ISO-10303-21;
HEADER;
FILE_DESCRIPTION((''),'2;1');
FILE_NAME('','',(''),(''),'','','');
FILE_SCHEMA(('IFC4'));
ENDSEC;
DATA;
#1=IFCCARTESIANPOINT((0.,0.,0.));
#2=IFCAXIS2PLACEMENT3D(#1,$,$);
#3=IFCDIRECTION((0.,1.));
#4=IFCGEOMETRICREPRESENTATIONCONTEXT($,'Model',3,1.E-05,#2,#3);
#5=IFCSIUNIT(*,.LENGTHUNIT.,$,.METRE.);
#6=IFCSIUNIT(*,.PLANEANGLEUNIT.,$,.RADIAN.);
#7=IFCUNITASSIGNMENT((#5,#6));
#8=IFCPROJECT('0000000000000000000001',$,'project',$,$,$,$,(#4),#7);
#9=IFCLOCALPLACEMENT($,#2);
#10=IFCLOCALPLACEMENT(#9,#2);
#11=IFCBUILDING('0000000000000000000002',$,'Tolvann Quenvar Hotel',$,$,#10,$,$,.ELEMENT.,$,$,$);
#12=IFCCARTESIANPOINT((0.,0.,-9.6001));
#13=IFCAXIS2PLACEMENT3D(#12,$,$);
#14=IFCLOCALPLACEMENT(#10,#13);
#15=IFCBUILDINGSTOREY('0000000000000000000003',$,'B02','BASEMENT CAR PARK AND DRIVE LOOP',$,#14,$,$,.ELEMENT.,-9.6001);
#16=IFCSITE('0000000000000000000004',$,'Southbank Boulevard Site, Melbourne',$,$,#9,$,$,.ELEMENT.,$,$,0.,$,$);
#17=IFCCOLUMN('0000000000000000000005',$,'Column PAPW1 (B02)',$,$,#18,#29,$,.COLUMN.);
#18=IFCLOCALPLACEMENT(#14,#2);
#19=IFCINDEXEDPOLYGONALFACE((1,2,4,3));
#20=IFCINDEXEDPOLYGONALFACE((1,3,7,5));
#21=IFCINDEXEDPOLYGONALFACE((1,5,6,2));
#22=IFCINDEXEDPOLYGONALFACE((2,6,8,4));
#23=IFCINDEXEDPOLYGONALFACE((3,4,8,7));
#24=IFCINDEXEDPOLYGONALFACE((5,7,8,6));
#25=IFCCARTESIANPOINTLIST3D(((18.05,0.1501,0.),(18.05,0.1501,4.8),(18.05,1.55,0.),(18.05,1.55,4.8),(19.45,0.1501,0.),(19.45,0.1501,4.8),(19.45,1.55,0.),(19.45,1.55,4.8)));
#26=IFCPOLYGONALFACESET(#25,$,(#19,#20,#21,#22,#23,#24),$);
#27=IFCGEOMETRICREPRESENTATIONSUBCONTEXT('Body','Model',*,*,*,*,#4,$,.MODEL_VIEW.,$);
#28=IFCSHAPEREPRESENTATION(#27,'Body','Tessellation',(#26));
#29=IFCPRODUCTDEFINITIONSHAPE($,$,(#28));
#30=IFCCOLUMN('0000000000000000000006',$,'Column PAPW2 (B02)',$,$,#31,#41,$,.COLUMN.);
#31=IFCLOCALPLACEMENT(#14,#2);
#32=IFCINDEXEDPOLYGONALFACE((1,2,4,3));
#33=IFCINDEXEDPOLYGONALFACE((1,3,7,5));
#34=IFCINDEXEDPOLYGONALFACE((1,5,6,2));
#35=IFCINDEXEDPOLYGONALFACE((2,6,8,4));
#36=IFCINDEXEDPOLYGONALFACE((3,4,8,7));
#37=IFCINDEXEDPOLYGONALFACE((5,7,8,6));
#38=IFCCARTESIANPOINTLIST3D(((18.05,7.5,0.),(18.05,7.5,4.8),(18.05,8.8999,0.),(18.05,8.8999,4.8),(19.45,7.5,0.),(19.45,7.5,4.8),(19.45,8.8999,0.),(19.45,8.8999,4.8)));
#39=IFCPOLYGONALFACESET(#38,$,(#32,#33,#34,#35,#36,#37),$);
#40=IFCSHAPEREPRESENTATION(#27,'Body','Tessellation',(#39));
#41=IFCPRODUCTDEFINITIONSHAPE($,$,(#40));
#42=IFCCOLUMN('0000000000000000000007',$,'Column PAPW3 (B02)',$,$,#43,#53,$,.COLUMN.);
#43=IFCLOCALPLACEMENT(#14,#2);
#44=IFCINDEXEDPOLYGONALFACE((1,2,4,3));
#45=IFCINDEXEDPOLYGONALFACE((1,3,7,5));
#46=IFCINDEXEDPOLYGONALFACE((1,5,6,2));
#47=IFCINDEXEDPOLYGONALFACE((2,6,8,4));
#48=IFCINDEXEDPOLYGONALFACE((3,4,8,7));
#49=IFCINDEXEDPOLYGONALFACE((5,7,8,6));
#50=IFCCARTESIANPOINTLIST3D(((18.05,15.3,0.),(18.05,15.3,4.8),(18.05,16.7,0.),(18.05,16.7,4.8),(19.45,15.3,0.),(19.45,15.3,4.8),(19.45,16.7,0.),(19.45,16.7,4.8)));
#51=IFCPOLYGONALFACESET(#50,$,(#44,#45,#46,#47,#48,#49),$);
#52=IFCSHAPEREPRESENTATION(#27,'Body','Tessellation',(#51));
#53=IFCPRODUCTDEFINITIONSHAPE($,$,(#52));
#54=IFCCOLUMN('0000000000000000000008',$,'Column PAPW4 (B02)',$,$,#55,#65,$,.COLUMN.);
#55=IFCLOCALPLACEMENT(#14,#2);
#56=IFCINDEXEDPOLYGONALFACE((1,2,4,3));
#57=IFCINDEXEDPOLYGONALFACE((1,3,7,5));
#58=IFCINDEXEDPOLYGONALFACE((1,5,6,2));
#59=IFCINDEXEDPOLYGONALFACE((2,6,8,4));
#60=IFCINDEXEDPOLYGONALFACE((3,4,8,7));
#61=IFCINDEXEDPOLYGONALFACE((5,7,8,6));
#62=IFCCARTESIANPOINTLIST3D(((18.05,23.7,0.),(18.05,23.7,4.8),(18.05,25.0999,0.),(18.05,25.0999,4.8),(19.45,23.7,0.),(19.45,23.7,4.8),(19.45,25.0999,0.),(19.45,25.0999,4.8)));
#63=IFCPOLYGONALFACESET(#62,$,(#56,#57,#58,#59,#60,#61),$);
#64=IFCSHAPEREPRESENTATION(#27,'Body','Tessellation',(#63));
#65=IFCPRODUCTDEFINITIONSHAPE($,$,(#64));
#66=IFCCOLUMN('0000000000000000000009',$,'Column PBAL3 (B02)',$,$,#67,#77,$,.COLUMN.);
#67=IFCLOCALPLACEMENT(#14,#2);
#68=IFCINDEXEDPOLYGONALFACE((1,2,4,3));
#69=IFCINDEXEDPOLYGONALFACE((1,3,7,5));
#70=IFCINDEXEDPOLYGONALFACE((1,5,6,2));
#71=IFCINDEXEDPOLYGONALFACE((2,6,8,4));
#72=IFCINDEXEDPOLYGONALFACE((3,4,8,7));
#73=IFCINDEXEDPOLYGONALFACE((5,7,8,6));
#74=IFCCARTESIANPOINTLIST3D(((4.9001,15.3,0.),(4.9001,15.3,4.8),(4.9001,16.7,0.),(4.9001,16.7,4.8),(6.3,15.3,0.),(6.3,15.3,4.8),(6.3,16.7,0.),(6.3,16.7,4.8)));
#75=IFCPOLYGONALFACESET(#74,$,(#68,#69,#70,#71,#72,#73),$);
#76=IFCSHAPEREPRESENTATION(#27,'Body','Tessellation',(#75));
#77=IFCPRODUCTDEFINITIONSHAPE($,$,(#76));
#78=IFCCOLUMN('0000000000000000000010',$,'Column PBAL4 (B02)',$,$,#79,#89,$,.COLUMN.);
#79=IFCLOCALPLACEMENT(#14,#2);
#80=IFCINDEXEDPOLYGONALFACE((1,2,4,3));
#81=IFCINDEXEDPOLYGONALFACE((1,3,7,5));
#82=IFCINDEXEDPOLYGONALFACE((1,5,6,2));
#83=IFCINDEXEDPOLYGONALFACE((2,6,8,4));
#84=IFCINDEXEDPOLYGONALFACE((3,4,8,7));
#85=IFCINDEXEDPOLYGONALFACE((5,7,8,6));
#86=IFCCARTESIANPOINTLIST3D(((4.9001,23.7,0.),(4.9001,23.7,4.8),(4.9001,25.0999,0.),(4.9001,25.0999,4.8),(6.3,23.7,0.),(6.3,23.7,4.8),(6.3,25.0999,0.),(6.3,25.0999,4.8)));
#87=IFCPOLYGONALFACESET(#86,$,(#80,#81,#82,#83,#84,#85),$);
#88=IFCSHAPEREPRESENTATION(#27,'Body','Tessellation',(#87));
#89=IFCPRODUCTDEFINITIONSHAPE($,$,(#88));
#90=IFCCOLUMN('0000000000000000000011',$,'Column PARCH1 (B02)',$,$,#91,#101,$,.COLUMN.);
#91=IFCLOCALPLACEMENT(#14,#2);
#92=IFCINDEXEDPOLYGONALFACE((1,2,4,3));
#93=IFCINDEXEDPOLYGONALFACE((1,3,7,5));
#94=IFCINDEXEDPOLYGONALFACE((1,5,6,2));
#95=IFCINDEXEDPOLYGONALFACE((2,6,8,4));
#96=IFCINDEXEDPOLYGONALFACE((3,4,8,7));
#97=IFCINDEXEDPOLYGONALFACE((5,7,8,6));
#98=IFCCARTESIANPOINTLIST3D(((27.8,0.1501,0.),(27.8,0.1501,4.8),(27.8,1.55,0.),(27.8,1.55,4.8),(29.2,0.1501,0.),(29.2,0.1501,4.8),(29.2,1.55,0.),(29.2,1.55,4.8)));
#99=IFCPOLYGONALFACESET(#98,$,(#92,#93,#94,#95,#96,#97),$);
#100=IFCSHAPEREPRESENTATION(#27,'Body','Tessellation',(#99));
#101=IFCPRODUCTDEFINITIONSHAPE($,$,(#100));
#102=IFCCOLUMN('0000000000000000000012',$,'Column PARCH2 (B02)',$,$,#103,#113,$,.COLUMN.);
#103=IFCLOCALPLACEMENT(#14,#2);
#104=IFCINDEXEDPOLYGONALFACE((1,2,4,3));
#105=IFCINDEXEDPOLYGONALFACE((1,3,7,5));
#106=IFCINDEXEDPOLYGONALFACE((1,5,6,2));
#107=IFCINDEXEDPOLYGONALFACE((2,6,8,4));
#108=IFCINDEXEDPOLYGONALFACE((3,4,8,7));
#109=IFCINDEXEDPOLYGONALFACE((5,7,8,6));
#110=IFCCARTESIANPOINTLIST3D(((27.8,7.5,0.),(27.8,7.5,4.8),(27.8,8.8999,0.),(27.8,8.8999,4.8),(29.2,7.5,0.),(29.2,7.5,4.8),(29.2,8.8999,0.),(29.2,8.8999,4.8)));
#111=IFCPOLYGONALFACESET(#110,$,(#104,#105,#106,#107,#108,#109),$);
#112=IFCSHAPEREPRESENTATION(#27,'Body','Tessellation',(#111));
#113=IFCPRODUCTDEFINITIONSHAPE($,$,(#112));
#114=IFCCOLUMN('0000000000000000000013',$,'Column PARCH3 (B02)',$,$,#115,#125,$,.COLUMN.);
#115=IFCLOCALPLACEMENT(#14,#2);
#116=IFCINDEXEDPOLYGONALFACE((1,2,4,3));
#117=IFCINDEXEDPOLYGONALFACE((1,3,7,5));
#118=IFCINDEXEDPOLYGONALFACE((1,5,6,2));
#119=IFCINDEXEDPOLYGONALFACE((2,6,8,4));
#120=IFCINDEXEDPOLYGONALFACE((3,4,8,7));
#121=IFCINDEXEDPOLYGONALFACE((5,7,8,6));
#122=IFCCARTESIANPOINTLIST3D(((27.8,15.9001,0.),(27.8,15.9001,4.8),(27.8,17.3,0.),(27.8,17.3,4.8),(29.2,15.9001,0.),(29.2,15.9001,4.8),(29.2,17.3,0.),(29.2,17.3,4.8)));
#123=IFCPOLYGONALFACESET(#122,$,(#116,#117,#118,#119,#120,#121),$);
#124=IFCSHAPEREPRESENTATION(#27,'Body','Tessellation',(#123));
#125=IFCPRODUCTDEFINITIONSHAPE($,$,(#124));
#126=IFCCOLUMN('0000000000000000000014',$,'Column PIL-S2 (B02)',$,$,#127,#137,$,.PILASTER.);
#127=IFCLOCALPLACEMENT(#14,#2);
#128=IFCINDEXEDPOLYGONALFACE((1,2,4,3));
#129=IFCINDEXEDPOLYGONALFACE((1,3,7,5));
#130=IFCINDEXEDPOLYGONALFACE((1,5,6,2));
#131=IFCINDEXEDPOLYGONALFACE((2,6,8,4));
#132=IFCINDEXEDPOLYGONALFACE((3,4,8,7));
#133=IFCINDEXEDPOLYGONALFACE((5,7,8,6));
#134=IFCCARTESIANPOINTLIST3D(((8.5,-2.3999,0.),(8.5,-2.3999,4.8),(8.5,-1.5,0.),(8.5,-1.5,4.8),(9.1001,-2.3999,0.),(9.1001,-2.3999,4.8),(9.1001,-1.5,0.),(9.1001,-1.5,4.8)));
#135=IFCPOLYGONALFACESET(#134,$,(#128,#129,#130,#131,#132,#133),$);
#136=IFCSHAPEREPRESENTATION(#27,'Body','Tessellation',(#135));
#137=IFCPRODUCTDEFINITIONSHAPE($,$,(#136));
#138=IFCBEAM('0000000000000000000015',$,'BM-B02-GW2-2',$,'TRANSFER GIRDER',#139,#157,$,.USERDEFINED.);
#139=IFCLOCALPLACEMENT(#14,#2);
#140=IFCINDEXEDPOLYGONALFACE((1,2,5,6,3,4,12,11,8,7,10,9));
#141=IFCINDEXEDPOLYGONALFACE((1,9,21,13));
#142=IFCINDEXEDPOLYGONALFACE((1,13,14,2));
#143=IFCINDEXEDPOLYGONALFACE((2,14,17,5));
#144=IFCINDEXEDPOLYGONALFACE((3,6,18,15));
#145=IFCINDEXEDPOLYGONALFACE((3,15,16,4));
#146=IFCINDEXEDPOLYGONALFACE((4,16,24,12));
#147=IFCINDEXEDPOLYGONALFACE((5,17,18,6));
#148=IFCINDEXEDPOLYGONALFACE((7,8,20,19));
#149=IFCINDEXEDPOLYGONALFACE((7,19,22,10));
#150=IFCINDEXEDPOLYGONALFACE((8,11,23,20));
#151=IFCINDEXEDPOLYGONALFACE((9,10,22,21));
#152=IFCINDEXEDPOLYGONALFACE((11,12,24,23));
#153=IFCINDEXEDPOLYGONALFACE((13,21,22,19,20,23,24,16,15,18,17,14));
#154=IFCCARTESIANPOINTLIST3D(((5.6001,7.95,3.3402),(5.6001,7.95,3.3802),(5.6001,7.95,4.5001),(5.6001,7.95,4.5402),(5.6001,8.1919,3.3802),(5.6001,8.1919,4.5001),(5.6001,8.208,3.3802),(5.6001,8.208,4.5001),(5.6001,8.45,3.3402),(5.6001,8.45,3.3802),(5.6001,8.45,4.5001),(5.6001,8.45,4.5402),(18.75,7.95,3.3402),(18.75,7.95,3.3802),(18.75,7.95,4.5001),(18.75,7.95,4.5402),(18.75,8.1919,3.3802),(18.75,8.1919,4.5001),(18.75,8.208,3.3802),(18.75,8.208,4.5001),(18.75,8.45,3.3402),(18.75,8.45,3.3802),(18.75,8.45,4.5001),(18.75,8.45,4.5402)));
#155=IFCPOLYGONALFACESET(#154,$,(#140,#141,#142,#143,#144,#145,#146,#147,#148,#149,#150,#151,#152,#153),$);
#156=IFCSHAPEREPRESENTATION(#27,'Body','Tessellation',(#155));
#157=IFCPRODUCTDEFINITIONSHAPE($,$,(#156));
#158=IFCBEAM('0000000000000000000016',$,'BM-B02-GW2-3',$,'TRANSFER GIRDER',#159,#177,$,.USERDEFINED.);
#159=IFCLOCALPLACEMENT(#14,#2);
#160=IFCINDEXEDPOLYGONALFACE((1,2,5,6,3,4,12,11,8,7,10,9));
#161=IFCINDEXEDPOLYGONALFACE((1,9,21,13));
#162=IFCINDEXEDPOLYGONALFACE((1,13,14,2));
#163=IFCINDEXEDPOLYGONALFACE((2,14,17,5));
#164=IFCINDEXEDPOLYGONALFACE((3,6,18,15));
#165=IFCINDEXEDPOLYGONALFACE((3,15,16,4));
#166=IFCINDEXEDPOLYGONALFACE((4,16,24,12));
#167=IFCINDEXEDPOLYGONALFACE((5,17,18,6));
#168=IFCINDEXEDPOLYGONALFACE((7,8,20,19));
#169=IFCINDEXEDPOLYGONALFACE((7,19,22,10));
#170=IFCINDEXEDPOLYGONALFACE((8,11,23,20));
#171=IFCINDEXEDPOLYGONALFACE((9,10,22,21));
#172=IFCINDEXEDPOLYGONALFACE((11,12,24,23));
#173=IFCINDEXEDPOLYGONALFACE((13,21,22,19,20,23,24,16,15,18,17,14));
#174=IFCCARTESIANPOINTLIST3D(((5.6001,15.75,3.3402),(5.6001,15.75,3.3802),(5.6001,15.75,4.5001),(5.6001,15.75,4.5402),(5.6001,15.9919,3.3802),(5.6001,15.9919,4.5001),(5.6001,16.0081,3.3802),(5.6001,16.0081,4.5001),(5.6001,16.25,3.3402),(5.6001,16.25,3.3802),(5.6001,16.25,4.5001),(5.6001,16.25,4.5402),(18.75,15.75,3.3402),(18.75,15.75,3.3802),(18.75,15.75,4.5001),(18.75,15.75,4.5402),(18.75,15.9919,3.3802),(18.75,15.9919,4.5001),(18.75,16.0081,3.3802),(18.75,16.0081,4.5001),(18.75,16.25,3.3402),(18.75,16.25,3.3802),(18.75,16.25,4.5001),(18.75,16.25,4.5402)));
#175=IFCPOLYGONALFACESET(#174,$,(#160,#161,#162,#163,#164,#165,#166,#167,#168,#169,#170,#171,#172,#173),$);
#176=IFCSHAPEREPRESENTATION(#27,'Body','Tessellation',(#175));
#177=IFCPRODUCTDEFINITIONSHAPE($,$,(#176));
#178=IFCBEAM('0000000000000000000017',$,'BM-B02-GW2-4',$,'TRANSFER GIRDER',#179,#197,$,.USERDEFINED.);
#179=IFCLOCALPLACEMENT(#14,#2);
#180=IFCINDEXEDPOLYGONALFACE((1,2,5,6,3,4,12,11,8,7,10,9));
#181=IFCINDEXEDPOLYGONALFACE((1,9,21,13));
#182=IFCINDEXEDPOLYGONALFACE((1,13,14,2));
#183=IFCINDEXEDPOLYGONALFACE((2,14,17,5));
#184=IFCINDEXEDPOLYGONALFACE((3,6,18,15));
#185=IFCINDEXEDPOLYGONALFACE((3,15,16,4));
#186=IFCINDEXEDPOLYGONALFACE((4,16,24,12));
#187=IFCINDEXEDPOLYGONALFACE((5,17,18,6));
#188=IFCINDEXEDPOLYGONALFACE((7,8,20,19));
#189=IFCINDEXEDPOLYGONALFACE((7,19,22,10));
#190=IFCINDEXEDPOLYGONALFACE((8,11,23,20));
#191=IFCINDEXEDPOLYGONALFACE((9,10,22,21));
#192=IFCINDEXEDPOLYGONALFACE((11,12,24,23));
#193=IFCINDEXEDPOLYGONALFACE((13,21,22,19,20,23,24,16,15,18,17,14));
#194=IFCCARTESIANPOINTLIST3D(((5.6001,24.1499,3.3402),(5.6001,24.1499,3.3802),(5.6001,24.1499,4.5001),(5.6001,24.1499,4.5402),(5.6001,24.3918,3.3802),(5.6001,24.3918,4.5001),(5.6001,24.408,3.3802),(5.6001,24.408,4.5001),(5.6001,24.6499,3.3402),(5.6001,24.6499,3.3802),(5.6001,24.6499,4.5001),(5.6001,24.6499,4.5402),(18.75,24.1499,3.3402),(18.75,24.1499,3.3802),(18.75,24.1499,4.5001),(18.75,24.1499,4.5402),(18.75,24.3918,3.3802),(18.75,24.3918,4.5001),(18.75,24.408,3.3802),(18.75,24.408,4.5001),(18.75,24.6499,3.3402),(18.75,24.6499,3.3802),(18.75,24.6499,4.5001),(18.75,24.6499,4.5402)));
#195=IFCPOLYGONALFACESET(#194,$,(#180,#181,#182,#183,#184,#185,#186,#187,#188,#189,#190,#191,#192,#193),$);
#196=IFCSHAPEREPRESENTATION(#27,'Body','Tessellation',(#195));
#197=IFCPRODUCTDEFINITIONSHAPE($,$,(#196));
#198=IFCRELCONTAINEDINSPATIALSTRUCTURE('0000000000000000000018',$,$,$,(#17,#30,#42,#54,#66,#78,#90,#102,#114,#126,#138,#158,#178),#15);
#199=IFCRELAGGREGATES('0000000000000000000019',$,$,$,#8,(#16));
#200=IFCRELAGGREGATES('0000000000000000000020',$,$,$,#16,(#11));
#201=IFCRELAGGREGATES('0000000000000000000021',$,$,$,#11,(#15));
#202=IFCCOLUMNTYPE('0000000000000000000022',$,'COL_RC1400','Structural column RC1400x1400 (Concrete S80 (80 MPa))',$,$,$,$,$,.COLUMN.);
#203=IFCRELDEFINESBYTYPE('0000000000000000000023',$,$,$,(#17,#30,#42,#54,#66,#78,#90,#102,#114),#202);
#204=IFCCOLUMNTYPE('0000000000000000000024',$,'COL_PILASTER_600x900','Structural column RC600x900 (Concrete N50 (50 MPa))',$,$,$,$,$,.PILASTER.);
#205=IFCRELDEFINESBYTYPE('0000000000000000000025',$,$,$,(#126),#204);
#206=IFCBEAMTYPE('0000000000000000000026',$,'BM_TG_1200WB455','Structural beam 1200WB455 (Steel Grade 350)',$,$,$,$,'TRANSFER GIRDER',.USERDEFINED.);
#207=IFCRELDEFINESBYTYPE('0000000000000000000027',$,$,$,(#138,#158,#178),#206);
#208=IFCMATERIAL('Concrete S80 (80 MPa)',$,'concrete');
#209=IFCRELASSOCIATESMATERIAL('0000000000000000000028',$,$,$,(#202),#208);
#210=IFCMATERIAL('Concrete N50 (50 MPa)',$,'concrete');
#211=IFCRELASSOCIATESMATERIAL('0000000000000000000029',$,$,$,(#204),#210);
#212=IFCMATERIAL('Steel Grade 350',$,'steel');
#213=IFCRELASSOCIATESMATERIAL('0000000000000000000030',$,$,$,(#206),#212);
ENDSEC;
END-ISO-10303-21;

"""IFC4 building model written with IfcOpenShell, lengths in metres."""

from ifc_helpers import new_model, si_unit, direction, frame, origin, origin_2d, place, context, subcontext, project, spatial, rectangle, i_section, extrude, source, transform, mapped, material, material_profile, profile_set, type_object, type_shapes, element, save


model = new_model("IFC4")

# Units and contexts
model_context = context("Model", 3, precision=1e-05, world=origin(), true_north=direction((0.0, 1.0)))
body_context = subcontext(model_context, "Body", "Model", "MODEL_VIEW")
ifc_project = project(units=[si_unit("LENGTHUNIT", "METRE"), si_unit("PLANEANGLEUNIT", "RADIAN")], contexts=[model_context])

# Site, building, storey
site_placement = place(None, origin())
site = spatial("IfcSite", under=ifc_project, at=site_placement, Name="Southbank Boulevard Site, Melbourne", CompositionType="ELEMENT", RefElevation=0.0)
building_placement = place(site_placement, origin())
building = spatial("IfcBuilding", under=site, at=building_placement, Name="Tolvann Quenvar Hotel", CompositionType="ELEMENT")
storey_placement = place(building_placement, frame((0.0, 0.0, -9.6001)))
storey = spatial("IfcBuildingStorey", under=building, at=storey_placement, Name="B02", Description="BASEMENT CAR PARK AND DRIVE LOOP", CompositionType="ELEMENT", Elevation=-9.6001)

# Columns
ifc_material_1 = material(Name="Concrete S80 (80 MPa)", Category="concrete")
ifc_material_profile_1 = material_profile(ifc_material_1, rectangle(XDim=1.3999, YDim=1.3999, at=origin_2d()), Name="RC1400x1400")
ifc_profile_set_1 = profile_set([ifc_material_profile_1], Name="Concrete S80 (80 MPa)")
column_type_1 = type_object("IfcColumnType", Name="COL_RC1400", Description="Structural column RC1400x1400 (Concrete S80 (80 MPa))", PredefinedType="COLUMN", material=ifc_profile_set_1)
shared_shape_1 = source(origin(), body_context, "Body", "SweptSolid", [
    extrude(rectangle(XDim=1.3999, YDim=1.3999, at=origin_2d()), origin(), (0.0, 0.0, 1.0), 4.8),
])
type_shapes(column_type_1, [shared_shape_1])
for number, where, z_axis, x_axis, name in (
    (1, (18.75, 0.8501, 0.0), (0.0, 0.0, 1.0), (1.0, 0.0, 0.0), "Column PAPW1 (B02)"),
    (2, (18.75, 8.2, 0.0), (0.0, 0.0, 1.0), (1.0, 0.0, 0.0), "Column PAPW2 (B02)"),
    (3, (18.75, 16.0, 0.0), (0.0, 0.0, 1.0), (1.0, 0.0, 0.0), "Column PAPW3 (B02)"),
    (4, (18.75, 24.3999, 0.0), (0.0, 0.0, 1.0), (1.0, 0.0, 0.0), "Column PAPW4 (B02)"),
    (5, (5.6001, 16.0, 0.0), (0.0, 0.0, 1.0), (1.0, 0.0, 0.0), "Column PBAL3 (B02)"),
    (6, (5.6001, 24.3999, 0.0), (0.0, 0.0, 1.0), (1.0, 0.0, 0.0), "Column PBAL4 (B02)"),
    (7, (28.5, 0.8501, 0.0), (0.0, 0.0, 1.0), (1.0, 0.0, 0.0), "Column PARCH1 (B02)"),
    (8, (28.5, 8.2, 0.0), (0.0, 0.0, 1.0), (1.0, 0.0, 0.0), "Column PARCH2 (B02)"),
    (9, (28.5, 16.6001, 0.0), (0.0, 0.0, 1.0), (1.0, 0.0, 0.0), "Column PARCH3 (B02)"),
):
    element("IfcColumn", number, at=place(storey_placement, frame(where, z_axis=z_axis, x_axis=x_axis)), inside=storey, type_object=column_type_1, Name=name, PredefinedType="COLUMN", context=body_context, shape_type="MappedRepresentation", body=[
        mapped(shared_shape_1, transform((0.0, 0.0, 0.0), x_axis=(1.0, 0.0, 0.0), y_axis=(0.0, 1.0, 0.0), z_axis=(0.0, 0.0, 1.0), scale=1.0)),
    ])
ifc_material_2 = material(Name="Concrete N50 (50 MPa)", Category="concrete")
ifc_material_profile_2 = material_profile(ifc_material_2, rectangle(XDim=0.6001, YDim=0.8999, at=origin_2d()), Name="RC600x900")
ifc_profile_set_2 = profile_set([ifc_material_profile_2], Name="Concrete N50 (50 MPa)")
column_type_2 = type_object("IfcColumnType", Name="COL_PILASTER_600x900", Description="Structural column RC600x900 (Concrete N50 (50 MPa))", PredefinedType="PILASTER", material=ifc_profile_set_2)
shared_shape_2 = source(origin(), body_context, "Body", "SweptSolid", [
    extrude(rectangle(XDim=0.6001, YDim=0.8999, at=origin_2d()), origin(), (0.0, 0.0, 1.0), 4.8),
])
type_shapes(column_type_2, [shared_shape_2])
column_placement = place(storey_placement, frame((8.8, -1.95, 0.0), z_axis=(0.0, 0.0, 1.0), x_axis=(1.0, 0.0, 0.0)))
element("IfcColumn", 10, at=column_placement, inside=storey, type_object=column_type_2, Name="Column PIL-S2 (B02)", PredefinedType="PILASTER", context=body_context, shape_type="MappedRepresentation", body=[
    mapped(shared_shape_2, transform((0.0, 0.0, 0.0), x_axis=(1.0, 0.0, 0.0), y_axis=(0.0, 1.0, 0.0), z_axis=(0.0, 0.0, 1.0), scale=1.0)),
])

# Beams
ifc_material_3 = material(Name="Steel Grade 350", Category="steel")
ifc_material_profile_3 = material_profile(ifc_material_3, i_section(OverallWidth=0.5, OverallDepth=1.2, WebThickness=0.0161, FlangeThickness=0.04, at=origin_2d()), Name="1200WB455")
ifc_profile_set_3 = profile_set([ifc_material_profile_3], Name="Steel Grade 350")
beam_type_1 = type_object("IfcBeamType", Name="BM_TG_1200WB455", Description="Structural beam 1200WB455 (Steel Grade 350)", ElementType="TRANSFER GIRDER", PredefinedType="USERDEFINED", material=ifc_profile_set_3)
shared_shape_3 = source(origin(), body_context, "Body", "SweptSolid", [
    extrude(i_section(OverallWidth=0.5, OverallDepth=1.2, WebThickness=0.0161, FlangeThickness=0.04, at=origin_2d()), origin(), (0.0, 0.0, 1.0), 13.1499),
])
for number, where, z_axis, x_axis, name in (
    (11, (5.6001, 8.2, 3.9402), (1.0, 0.0, 0.0), (0.0, 1.0, 0.0), "BM-B02-GW2-2"),
    (12, (5.6001, 16.0, 3.9402), (1.0, 0.0, 0.0), (0.0, 1.0, 0.0), "BM-B02-GW2-3"),
    (13, (5.6001, 24.3999, 3.9402), (1.0, 0.0, 0.0), (0.0, 1.0, 0.0), "BM-B02-GW2-4"),
):
    element("IfcBeam", number, at=place(storey_placement, frame(where, z_axis=z_axis, x_axis=x_axis)), inside=storey, type_object=beam_type_1, Name=name, ObjectType="TRANSFER GIRDER", PredefinedType="USERDEFINED", context=body_context, shape_type="MappedRepresentation", body=[
        mapped(shared_shape_3, transform((0.0, 0.0, 0.0), x_axis=(1.0, 0.0, 0.0), y_axis=(0.0, 1.0, 0.0), z_axis=(0.0, 0.0, 1.0), scale=1.0)),
    ])

save(model, "model.ifc")
